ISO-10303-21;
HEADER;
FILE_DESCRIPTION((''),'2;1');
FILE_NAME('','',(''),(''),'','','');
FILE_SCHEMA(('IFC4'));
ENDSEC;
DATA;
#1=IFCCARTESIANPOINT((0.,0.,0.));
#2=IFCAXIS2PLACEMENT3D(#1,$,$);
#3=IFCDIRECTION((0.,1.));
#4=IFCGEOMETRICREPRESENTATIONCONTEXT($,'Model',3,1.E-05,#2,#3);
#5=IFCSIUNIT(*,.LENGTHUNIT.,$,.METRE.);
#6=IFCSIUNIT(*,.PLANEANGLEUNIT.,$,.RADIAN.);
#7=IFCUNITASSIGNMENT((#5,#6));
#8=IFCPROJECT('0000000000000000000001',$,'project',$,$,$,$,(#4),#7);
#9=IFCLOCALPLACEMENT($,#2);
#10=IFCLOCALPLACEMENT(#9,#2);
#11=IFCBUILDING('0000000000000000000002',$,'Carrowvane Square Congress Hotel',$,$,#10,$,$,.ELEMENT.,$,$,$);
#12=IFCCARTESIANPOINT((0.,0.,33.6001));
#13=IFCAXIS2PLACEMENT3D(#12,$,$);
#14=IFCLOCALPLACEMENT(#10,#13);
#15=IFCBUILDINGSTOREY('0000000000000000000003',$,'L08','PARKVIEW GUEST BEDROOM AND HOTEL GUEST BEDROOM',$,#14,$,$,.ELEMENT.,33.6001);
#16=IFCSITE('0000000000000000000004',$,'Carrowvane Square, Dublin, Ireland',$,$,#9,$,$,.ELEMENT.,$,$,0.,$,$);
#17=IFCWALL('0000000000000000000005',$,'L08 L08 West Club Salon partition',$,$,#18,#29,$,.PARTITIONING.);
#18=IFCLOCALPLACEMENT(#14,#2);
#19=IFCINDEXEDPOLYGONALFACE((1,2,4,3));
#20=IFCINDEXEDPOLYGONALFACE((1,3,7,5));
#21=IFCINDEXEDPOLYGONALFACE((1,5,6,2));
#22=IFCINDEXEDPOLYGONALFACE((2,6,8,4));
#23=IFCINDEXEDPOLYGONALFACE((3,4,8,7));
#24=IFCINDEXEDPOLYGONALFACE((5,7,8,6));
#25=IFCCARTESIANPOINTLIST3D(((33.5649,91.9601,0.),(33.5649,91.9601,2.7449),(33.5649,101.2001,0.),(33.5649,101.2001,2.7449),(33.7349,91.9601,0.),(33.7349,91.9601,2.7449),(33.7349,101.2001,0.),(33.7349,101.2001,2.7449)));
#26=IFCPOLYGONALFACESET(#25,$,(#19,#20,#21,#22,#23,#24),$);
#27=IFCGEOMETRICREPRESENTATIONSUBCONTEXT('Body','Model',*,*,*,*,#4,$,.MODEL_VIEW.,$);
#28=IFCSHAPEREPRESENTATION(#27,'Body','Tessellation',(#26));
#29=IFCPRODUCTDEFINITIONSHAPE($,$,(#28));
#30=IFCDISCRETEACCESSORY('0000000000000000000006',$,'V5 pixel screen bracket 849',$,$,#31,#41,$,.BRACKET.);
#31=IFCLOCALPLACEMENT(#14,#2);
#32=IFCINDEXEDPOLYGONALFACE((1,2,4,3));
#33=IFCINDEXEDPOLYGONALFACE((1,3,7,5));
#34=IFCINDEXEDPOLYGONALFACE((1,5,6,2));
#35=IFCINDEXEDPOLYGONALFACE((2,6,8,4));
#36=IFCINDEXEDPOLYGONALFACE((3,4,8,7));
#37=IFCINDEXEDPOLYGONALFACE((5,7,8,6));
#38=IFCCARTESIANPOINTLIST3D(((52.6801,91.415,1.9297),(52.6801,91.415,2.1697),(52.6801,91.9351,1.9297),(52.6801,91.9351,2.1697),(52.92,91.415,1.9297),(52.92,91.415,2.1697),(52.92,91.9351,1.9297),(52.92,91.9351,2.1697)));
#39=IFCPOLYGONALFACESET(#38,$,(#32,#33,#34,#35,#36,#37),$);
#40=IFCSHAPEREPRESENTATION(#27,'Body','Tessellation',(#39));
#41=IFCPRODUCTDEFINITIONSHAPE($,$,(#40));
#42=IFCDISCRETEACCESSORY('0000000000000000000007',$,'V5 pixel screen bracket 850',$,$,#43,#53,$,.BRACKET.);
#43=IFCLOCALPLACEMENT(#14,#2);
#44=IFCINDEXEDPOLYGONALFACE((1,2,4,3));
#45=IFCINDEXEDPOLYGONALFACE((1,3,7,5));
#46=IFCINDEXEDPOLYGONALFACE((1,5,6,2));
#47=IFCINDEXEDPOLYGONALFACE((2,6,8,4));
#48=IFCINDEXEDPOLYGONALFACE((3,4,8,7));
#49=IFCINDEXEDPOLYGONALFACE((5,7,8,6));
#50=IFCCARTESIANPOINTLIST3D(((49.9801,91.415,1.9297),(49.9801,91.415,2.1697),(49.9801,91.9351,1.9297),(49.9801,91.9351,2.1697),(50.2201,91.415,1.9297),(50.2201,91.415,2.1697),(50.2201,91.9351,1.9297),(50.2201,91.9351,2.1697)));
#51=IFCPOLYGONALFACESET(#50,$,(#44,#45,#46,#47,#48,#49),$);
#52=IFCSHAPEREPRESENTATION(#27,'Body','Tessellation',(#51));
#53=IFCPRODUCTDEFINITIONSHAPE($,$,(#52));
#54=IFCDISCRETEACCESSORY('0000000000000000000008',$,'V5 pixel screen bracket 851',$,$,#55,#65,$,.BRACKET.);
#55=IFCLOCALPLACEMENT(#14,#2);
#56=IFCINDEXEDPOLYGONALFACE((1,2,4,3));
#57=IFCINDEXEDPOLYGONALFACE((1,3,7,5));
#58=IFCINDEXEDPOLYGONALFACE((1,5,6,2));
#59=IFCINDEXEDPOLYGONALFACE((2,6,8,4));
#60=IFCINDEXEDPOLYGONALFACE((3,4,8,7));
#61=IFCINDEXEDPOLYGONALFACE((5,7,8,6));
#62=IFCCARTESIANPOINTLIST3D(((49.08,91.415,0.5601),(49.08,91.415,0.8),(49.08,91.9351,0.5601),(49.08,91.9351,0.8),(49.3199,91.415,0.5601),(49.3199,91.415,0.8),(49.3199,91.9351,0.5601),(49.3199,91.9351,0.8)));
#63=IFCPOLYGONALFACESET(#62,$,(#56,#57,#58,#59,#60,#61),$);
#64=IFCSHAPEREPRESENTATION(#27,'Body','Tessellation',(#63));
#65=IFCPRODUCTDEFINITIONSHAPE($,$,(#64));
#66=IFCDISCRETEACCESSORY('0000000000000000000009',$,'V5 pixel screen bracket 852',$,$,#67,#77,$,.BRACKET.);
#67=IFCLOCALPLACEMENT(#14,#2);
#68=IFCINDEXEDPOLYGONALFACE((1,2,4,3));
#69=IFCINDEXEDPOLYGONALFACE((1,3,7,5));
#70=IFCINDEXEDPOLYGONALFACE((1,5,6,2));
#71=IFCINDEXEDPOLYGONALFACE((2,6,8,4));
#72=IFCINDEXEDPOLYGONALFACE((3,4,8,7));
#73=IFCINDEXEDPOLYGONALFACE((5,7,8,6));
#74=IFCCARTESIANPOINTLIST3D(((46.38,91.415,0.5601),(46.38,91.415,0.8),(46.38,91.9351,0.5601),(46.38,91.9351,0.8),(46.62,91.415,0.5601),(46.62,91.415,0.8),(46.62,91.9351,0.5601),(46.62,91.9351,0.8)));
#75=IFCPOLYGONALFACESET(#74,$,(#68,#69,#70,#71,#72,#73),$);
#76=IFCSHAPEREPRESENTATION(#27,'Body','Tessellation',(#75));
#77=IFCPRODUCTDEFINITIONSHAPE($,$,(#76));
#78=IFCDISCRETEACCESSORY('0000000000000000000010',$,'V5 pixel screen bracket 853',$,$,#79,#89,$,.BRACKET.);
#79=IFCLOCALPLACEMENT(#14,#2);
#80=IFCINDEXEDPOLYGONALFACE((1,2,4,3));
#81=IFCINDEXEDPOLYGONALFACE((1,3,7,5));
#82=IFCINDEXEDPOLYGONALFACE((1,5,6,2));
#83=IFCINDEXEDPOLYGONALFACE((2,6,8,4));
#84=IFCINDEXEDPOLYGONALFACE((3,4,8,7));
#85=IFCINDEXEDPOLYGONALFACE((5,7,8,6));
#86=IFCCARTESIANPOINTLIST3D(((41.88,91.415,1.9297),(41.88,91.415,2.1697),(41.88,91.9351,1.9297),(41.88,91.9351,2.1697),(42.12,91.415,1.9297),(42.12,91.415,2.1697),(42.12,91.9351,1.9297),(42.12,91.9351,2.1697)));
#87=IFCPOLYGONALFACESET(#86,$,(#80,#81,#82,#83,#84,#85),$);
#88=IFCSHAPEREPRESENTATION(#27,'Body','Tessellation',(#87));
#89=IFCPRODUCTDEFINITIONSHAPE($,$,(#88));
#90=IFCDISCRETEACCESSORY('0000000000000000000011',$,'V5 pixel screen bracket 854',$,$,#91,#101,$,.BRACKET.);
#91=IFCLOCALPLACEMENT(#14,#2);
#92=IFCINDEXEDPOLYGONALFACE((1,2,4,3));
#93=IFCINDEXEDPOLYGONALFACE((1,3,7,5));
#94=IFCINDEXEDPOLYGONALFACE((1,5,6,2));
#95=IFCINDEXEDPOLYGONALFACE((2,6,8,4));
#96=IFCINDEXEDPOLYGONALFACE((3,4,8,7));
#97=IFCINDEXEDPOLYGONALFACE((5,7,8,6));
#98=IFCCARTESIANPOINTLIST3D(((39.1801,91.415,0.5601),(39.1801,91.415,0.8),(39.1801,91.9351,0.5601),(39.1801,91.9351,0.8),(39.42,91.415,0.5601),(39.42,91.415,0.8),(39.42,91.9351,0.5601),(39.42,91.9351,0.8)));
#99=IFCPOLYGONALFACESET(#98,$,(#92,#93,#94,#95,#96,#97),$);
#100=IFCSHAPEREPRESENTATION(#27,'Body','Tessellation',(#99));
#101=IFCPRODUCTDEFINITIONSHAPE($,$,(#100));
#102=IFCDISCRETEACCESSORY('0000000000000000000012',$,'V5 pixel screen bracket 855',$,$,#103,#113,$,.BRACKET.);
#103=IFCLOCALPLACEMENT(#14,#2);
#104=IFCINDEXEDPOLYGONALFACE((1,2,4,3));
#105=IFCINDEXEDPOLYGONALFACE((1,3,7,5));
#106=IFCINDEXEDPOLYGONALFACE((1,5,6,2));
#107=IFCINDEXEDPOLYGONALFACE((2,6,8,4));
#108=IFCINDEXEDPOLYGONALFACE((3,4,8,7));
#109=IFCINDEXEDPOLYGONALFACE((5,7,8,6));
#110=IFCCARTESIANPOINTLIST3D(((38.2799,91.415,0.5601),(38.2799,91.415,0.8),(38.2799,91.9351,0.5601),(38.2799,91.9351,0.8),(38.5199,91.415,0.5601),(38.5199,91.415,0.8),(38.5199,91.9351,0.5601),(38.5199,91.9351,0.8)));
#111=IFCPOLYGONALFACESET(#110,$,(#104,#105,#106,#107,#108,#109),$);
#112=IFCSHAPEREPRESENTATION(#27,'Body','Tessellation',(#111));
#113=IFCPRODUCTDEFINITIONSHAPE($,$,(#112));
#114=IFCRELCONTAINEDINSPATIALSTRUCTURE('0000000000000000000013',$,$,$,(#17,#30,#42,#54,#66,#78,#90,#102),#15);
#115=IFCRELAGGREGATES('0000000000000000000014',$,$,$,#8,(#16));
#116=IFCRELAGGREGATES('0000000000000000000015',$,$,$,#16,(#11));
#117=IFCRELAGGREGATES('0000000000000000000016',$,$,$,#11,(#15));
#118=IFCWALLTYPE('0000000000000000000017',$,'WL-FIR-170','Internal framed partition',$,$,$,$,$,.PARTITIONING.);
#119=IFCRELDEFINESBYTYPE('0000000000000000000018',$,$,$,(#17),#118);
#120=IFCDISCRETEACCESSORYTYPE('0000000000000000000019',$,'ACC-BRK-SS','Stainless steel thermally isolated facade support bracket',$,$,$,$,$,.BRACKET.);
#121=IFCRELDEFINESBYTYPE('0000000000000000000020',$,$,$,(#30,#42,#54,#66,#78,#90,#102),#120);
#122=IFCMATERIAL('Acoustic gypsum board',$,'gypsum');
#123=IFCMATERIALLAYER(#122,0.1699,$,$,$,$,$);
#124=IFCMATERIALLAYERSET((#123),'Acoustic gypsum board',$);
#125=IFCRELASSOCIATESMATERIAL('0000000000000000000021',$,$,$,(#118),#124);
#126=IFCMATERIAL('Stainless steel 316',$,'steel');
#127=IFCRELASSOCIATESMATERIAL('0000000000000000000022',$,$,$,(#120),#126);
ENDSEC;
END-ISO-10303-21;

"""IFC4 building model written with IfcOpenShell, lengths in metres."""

from ifc_helpers import new_model, si_unit, direction, frame, frame_2d, origin, origin_2d, place, context, subcontext, project, spatial, rectangle, extrude, material, layer, layer_set, type_object, element, save


model = new_model("IFC4")

# Units and contexts
model_context = context("Model", 3, precision=1e-05, world=origin(), true_north=direction((0.0, 1.0)))
body_context = subcontext(model_context, "Body", "Model", "MODEL_VIEW")
ifc_project = project(units=[si_unit("LENGTHUNIT", "METRE"), si_unit("PLANEANGLEUNIT", "RADIAN")], contexts=[model_context])

# Site, building, storey
site_placement = place(None, origin())
site = spatial("IfcSite", under=ifc_project, at=site_placement, Name="Carrowvane Square, Dublin, Ireland", CompositionType="ELEMENT", RefElevation=0.0)
building_placement = place(site_placement, origin())
building = spatial("IfcBuilding", under=site, at=building_placement, Name="Carrowvane Square Congress Hotel", CompositionType="ELEMENT")
storey_placement = place(building_placement, frame((0.0, 0.0, 33.6001)))
storey = spatial("IfcBuildingStorey", under=building, at=storey_placement, Name="L08", Description="PARKVIEW GUEST BEDROOM AND HOTEL GUEST BEDROOM", CompositionType="ELEMENT", Elevation=33.6001)

# Wall
ifc_material_1 = material(Name="Acoustic gypsum board", Category="gypsum")
ifc_layer_1 = layer(ifc_material_1, 0.1699)
ifc_layer_set_1 = layer_set([ifc_layer_1], Name="Acoustic gypsum board")
wall_type_1 = type_object("IfcWallType", Name="WL-FIR-170", Description="Internal framed partition", PredefinedType="PARTITIONING", material=ifc_layer_set_1)
wall_1_placement = place(storey_placement, frame((33.6499, 91.96, 0.0), z_axis=(0.0, 0.0, 1.0), x_axis=(0.0, 1.0, 0.0)))
element("IfcWall", 1, at=wall_1_placement, inside=storey, type_object=wall_type_1, Name="L08 L08 West Club Salon partition", PredefinedType="PARTITIONING", context=body_context, shape_type="SweptSolid", body=[
    extrude(rectangle(XDim=9.24, YDim=0.1699, at=frame_2d((4.6201, 0.0))), origin(), (0.0, 0.0, 1.0), 2.7449),
])

# Discrete accessories
ifc_material_2 = material(Name="Stainless steel 316", Category="steel")
discrete_accessory_type = type_object("IfcDiscreteAccessoryType", Name="ACC-BRK-SS", Description="Stainless steel thermally isolated facade support bracket", PredefinedType="BRACKET", material=ifc_material_2)
for number, where, z_axis, x_axis, name in (
    (2, (52.8, 91.675, 1.9297), (0.0, 0.0, 1.0), (-1.0, 0.0, 0.0), "V5 pixel screen bracket 849"),
    (3, (50.1001, 91.675, 1.9297), (0.0, 0.0, 1.0), (-1.0, 0.0, 0.0), "V5 pixel screen bracket 850"),
    (4, (49.2, 91.675, 0.5601), (0.0, 0.0, 1.0), (-1.0, 0.0, 0.0), "V5 pixel screen bracket 851"),
    (5, (46.5, 91.675, 0.5601), (0.0, 0.0, 1.0), (-1.0, 0.0, 0.0), "V5 pixel screen bracket 852"),
    (6, (42.0, 91.675, 1.9297), (0.0, 0.0, 1.0), (-1.0, 0.0, 0.0), "V5 pixel screen bracket 853"),
    (7, (39.3, 91.675, 0.5601), (0.0, 0.0, 1.0), (-1.0, 0.0, 0.0), "V5 pixel screen bracket 854"),
    (8, (38.3999, 91.675, 0.5601), (0.0, 0.0, 1.0), (-1.0, 0.0, 0.0), "V5 pixel screen bracket 855"),
):
    element("IfcDiscreteAccessory", number, at=place(storey_placement, frame(where, z_axis=z_axis, x_axis=x_axis)), inside=storey, type_object=discrete_accessory_type, Name=name, PredefinedType="BRACKET", context=body_context, shape_type="SweptSolid", body=[
        extrude(rectangle(XDim=0.24, YDim=0.52, at=origin_2d()), origin(), (0.0, 0.0, 1.0), 0.24),
    ])

save(model, "model.ifc")
